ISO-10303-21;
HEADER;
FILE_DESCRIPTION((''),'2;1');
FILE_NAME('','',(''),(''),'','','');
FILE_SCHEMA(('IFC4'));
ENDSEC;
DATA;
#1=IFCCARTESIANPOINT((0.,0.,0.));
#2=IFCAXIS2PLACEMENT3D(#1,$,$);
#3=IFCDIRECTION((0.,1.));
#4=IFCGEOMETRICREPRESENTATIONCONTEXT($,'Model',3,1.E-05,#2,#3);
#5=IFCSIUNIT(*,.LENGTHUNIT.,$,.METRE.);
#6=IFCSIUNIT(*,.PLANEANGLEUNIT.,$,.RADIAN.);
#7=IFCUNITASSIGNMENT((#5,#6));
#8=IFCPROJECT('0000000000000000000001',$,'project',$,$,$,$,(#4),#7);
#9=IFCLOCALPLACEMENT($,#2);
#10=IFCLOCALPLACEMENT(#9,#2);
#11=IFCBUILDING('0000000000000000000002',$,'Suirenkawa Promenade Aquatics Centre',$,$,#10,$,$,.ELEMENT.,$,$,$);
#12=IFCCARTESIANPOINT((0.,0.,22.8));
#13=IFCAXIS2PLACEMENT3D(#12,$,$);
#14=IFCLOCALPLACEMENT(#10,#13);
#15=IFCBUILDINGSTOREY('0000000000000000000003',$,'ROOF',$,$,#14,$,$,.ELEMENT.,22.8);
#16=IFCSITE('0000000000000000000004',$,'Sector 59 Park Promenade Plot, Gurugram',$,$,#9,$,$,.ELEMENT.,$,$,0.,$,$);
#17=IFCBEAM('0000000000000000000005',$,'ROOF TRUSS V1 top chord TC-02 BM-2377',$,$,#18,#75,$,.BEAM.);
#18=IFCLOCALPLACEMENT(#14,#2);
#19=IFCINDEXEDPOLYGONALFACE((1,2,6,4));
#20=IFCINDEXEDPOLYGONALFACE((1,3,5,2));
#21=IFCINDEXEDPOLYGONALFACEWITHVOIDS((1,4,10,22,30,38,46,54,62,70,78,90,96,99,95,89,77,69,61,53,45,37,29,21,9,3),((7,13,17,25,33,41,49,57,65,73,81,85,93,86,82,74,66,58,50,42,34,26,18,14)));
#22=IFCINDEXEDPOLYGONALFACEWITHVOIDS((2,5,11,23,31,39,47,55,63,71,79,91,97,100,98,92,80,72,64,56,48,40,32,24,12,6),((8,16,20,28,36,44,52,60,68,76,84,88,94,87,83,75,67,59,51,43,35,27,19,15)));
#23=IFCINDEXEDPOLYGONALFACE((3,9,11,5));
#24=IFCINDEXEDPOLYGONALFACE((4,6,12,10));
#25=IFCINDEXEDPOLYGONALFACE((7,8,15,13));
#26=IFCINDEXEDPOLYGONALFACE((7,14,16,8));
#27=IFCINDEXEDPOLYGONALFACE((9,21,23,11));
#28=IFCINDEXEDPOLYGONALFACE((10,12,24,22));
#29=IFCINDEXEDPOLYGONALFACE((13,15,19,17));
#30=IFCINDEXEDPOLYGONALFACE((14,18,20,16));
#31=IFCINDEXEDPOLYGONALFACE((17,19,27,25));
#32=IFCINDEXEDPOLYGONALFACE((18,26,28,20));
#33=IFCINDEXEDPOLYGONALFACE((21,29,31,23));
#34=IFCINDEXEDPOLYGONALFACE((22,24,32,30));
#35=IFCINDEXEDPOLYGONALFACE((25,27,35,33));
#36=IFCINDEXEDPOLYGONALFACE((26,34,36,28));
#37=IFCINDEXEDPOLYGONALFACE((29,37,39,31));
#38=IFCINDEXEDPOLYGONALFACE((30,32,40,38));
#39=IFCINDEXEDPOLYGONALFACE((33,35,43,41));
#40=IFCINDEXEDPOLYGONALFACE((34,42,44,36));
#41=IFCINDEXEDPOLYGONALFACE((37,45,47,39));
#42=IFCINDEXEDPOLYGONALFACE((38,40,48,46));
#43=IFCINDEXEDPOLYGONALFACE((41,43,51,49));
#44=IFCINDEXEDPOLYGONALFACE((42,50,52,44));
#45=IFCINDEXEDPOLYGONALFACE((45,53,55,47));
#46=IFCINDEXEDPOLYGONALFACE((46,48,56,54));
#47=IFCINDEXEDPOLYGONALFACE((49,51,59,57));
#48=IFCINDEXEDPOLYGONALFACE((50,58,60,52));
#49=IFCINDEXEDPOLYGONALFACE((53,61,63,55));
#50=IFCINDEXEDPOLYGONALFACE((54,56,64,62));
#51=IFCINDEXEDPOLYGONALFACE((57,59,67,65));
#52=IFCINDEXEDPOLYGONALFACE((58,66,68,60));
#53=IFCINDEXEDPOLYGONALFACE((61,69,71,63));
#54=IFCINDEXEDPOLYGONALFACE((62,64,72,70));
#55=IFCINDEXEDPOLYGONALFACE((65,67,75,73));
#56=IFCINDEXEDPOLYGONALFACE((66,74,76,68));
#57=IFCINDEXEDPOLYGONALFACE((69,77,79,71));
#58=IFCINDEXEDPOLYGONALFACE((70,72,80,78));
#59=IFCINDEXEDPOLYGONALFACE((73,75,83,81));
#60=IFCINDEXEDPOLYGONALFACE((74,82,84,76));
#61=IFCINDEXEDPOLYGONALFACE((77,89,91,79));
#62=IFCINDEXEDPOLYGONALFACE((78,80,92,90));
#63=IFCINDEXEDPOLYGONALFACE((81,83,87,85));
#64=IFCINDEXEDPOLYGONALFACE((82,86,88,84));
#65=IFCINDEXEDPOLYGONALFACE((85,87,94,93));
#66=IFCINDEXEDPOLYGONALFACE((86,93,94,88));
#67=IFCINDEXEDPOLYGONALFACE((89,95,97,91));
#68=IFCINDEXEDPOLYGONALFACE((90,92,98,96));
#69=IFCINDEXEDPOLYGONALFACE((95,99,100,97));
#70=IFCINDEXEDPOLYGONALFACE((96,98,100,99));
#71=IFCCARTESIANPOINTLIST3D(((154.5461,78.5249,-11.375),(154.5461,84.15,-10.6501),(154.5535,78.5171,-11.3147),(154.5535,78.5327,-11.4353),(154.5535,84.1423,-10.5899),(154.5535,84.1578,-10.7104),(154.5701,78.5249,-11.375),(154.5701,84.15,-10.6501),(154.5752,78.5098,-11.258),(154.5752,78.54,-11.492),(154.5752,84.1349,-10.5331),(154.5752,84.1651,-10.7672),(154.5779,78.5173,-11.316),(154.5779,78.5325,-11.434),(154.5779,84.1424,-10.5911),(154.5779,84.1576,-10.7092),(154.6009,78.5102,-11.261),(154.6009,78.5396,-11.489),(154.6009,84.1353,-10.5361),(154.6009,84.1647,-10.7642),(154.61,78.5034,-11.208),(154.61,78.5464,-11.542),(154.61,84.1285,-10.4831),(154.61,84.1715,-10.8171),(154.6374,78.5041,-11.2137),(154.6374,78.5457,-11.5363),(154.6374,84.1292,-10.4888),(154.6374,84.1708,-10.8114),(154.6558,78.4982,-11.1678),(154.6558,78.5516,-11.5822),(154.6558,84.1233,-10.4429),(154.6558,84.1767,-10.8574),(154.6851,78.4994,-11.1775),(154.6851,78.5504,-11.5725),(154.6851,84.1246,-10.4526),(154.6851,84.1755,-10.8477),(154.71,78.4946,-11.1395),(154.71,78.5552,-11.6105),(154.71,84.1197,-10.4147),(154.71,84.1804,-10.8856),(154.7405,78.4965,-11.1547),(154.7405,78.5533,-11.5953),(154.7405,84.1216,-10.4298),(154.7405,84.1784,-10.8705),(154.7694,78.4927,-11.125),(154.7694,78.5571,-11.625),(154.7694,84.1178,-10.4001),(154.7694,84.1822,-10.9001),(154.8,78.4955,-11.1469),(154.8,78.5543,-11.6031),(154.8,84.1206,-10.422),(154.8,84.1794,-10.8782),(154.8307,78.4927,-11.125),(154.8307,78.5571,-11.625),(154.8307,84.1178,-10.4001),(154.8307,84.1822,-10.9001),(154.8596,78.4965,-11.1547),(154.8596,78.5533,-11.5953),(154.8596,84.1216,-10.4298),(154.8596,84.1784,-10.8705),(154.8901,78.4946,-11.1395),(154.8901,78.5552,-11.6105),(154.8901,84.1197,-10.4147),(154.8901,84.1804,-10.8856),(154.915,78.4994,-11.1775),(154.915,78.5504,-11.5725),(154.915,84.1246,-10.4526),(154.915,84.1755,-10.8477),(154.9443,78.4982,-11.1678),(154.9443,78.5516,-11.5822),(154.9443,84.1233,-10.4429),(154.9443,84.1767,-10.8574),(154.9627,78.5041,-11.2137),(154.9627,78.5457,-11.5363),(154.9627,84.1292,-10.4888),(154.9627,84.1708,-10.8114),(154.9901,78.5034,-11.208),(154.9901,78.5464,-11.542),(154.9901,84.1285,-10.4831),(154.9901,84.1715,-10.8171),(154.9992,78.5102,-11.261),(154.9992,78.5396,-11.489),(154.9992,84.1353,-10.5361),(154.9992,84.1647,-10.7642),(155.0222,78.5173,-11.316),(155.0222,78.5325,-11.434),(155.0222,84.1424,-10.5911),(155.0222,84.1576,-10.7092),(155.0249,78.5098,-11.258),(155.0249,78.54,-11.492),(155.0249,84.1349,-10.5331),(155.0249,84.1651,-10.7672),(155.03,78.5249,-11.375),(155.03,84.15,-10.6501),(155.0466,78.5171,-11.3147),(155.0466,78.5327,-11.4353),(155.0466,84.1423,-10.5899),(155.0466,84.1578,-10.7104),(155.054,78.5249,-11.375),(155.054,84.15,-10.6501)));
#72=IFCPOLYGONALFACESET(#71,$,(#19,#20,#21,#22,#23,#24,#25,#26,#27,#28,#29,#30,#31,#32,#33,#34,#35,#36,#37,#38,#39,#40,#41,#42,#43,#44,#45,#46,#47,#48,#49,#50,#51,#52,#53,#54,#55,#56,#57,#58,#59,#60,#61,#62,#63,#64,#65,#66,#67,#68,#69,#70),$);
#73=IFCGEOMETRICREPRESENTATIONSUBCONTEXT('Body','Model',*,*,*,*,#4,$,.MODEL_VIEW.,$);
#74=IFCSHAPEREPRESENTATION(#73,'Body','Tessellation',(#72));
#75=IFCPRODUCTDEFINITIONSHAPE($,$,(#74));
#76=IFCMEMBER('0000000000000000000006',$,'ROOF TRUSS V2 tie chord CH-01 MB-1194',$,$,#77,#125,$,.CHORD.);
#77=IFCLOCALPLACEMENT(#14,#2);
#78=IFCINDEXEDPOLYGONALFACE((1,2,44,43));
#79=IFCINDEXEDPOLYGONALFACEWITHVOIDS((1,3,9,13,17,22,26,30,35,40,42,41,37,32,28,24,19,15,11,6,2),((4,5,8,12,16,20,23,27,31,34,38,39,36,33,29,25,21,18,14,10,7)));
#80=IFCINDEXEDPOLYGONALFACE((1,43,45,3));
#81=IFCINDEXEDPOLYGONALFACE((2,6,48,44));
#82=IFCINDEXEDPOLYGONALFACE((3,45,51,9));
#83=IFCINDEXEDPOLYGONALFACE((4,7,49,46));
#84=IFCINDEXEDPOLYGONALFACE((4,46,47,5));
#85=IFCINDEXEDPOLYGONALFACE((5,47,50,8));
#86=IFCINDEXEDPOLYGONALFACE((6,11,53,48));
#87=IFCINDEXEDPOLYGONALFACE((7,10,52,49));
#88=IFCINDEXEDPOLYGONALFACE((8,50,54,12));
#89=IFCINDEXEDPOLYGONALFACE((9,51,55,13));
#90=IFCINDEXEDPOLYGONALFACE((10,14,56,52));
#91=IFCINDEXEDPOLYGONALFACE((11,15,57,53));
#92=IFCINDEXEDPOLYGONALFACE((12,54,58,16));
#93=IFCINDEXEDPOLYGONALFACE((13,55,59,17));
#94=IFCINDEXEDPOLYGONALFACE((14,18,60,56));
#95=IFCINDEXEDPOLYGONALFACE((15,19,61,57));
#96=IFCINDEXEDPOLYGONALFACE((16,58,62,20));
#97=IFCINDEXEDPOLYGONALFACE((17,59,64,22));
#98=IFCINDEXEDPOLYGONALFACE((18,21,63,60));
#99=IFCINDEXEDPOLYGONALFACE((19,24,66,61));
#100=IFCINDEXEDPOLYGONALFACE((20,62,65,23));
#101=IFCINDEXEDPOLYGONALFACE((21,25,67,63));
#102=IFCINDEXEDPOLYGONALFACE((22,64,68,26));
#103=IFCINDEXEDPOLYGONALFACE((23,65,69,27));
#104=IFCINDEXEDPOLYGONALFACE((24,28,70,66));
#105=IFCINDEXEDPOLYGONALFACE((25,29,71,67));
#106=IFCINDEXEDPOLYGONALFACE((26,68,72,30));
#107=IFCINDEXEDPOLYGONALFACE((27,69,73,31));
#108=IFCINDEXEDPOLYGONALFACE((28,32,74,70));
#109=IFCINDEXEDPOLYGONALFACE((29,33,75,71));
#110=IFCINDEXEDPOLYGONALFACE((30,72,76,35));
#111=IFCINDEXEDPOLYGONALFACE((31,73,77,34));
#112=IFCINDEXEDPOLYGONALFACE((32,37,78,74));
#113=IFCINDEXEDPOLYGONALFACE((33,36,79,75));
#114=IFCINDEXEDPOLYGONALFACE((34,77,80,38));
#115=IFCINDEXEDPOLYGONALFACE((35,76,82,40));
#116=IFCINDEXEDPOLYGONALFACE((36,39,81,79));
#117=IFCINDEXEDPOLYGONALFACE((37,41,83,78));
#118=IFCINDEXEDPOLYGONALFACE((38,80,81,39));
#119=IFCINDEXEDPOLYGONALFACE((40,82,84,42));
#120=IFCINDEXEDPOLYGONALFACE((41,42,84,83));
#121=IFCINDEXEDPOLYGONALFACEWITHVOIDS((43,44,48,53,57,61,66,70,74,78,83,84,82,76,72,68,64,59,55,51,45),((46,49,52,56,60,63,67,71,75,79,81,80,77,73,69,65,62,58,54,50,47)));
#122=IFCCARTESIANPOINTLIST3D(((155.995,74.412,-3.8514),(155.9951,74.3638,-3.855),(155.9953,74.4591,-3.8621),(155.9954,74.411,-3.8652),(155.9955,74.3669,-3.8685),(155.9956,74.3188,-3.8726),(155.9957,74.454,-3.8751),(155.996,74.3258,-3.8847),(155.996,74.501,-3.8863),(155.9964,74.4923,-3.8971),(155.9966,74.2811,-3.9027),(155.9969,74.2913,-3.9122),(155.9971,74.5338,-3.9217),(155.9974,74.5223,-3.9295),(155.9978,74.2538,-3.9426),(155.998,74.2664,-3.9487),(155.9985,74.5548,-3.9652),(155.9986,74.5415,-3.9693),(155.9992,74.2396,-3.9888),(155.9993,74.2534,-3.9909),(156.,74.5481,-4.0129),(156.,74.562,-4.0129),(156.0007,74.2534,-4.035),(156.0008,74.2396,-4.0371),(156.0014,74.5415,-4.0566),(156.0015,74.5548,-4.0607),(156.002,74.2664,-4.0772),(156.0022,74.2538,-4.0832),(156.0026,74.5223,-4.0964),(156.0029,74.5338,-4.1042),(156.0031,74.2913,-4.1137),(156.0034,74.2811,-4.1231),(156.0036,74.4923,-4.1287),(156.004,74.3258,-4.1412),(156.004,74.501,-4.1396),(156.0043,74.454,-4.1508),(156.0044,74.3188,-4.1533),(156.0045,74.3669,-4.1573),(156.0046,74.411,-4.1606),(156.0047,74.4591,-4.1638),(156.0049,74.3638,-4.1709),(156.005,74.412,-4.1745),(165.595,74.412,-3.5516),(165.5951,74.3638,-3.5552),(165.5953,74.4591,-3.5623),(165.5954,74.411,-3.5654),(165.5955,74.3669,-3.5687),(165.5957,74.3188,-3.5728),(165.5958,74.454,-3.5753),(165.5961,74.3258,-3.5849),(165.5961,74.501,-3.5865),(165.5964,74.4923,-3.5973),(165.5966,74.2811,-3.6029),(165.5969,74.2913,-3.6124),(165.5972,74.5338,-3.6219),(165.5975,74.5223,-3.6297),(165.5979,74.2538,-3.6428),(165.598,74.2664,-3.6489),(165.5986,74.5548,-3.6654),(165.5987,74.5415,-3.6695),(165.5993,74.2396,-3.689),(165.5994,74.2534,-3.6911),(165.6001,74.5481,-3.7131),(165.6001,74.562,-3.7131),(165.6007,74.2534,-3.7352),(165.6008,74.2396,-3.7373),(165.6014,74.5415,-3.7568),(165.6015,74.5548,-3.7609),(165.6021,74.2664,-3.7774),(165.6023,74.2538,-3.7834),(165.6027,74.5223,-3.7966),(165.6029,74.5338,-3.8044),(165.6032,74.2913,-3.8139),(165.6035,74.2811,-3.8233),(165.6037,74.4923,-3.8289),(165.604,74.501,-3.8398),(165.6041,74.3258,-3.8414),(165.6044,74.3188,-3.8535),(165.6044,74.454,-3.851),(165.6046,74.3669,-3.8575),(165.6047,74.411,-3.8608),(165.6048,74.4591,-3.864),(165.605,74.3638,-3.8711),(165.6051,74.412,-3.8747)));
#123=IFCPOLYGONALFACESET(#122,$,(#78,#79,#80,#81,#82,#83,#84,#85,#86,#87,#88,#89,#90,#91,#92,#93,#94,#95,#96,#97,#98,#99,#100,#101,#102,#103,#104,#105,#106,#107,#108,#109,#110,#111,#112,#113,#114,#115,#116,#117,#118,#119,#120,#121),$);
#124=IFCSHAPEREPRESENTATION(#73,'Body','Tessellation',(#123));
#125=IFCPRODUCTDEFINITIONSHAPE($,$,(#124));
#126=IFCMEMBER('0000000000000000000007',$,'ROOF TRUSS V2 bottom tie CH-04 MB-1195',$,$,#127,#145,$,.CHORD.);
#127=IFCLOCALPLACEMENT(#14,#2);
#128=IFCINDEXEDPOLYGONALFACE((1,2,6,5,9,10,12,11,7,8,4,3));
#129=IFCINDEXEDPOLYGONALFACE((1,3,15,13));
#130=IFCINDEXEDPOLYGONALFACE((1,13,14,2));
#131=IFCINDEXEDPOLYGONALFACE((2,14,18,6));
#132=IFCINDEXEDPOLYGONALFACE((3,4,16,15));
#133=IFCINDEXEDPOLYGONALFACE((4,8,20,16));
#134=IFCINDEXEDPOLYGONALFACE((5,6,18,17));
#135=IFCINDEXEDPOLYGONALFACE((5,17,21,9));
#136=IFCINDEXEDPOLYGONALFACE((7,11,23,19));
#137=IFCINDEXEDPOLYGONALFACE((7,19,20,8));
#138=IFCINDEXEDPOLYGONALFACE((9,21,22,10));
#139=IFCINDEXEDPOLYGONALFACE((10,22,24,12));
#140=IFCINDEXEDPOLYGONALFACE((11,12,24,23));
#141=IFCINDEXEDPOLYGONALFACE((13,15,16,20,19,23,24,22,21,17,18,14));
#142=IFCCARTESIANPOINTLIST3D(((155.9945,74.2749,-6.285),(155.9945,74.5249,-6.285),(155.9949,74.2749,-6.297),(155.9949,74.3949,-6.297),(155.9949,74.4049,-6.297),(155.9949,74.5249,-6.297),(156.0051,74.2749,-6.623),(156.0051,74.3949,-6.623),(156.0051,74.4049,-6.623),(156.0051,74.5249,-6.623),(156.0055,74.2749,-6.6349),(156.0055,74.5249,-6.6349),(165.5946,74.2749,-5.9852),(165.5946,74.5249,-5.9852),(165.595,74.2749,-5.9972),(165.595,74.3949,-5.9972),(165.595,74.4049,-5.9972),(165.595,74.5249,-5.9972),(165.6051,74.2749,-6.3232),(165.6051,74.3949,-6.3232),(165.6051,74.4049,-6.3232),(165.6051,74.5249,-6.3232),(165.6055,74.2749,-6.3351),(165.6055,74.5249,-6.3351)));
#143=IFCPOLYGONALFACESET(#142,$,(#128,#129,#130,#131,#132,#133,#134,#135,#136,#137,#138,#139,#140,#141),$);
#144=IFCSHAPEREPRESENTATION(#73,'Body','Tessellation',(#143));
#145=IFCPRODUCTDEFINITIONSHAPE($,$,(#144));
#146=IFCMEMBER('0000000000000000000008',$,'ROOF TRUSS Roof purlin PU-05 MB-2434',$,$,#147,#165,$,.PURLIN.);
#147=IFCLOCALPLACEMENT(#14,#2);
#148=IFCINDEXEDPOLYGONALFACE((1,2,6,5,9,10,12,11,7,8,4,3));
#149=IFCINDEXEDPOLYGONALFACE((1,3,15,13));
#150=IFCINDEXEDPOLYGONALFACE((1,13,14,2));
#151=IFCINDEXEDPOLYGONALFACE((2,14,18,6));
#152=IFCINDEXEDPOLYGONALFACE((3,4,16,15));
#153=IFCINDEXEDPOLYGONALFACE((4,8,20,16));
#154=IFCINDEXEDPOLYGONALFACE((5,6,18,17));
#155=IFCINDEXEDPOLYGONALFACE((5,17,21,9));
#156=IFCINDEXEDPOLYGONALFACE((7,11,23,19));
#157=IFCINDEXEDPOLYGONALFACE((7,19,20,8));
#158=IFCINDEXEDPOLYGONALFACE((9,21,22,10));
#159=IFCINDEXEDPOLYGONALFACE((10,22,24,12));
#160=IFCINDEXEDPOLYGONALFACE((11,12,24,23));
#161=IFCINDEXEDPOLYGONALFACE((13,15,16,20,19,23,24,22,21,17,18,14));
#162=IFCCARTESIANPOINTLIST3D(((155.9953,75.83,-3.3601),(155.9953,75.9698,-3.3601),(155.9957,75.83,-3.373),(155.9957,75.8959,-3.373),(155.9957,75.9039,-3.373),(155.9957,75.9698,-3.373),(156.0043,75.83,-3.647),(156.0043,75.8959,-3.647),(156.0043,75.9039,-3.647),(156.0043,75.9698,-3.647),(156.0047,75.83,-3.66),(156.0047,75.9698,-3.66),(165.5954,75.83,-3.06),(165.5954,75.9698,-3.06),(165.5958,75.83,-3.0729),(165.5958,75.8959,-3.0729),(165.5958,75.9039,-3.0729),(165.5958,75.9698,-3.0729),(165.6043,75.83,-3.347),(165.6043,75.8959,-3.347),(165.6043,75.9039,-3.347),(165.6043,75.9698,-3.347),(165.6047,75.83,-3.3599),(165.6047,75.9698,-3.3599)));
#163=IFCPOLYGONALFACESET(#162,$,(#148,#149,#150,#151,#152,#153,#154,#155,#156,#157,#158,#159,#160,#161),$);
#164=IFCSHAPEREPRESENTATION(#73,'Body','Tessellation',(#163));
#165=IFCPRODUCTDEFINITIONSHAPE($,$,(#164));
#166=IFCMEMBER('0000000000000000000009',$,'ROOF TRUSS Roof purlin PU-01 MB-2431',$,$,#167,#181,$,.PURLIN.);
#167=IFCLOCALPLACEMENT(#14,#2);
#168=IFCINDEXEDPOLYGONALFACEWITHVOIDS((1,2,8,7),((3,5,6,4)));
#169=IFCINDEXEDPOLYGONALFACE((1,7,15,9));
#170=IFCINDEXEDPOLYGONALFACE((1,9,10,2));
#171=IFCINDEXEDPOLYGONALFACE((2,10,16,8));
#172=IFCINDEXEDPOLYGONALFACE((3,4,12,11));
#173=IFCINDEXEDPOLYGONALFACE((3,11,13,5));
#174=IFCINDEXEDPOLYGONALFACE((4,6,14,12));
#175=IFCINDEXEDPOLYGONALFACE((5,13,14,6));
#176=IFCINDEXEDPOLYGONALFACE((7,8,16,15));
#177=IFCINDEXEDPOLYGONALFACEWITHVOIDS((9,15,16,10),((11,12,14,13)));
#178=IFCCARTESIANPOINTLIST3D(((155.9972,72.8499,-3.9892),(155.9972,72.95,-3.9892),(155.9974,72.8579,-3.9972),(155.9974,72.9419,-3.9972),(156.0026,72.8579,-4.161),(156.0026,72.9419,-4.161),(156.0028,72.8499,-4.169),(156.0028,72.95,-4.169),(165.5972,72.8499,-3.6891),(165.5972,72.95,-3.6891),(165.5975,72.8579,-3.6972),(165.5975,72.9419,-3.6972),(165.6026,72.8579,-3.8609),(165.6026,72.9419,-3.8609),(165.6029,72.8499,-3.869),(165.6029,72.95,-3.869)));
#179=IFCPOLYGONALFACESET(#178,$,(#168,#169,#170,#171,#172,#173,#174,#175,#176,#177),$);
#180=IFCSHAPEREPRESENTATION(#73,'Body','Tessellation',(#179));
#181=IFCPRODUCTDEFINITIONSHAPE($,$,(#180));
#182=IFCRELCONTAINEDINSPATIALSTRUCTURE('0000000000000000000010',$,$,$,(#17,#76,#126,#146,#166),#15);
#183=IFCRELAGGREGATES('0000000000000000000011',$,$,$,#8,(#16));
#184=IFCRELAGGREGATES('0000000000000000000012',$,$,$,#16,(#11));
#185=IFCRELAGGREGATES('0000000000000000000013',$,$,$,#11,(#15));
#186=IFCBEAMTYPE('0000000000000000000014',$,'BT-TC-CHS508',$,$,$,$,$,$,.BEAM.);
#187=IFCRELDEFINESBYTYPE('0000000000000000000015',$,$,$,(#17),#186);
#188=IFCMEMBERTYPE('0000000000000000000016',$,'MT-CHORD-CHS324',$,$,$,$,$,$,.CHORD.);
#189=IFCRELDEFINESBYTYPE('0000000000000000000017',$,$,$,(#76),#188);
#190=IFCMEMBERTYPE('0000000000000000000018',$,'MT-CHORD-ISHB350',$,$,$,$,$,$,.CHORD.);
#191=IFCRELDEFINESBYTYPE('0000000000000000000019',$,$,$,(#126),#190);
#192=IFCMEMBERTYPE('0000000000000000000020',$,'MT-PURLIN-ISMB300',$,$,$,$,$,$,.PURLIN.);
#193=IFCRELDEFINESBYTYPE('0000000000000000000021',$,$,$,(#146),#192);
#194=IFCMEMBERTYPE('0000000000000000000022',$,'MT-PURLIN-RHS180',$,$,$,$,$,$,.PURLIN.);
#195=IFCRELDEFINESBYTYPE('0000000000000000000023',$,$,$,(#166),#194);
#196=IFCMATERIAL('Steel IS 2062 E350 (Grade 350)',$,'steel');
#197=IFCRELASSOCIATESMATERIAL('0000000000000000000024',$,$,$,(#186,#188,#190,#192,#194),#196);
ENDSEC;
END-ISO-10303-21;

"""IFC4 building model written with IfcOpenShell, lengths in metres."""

from ifc_helpers import new_model, si_unit, direction, frame, origin, origin_2d, place, context, subcontext, project, spatial, hollow_rectangle, hollow_circle, i_section, extrude, material, material_profile, profile_set, type_object, element, save


model = new_model("IFC4")

# Units and contexts
model_context = context("Model", 3, precision=1e-05, world=origin(), true_north=direction((0.0, 1.0)))
body_context = subcontext(model_context, "Body", "Model", "MODEL_VIEW")
ifc_project = project(units=[si_unit("LENGTHUNIT", "METRE"), si_unit("PLANEANGLEUNIT", "RADIAN")], contexts=[model_context])

# Site, building, storey
site_placement = place(None, origin())
site = spatial("IfcSite", under=ifc_project, at=site_placement, Name="Sector 59 Park Promenade Plot, Gurugram", CompositionType="ELEMENT", RefElevation=0.0)
building_placement = place(site_placement, origin())
building = spatial("IfcBuilding", under=site, at=building_placement, Name="Suirenkawa Promenade Aquatics Centre", CompositionType="ELEMENT")
storey_placement = place(building_placement, frame((0.0, 0.0, 22.8)))
storey = spatial("IfcBuildingStorey", under=building, at=storey_placement, Name="ROOF", CompositionType="ELEMENT", Elevation=22.8)

# Beam
ifc_material = material(Name="Steel IS 2062 E350 (Grade 350)", Category="steel")
ifc_material_profile_1 = material_profile(ifc_material, hollow_circle(Radius=0.2539, WallThickness=0.0239, at=origin_2d()), Name="CHS 508x24", Category="steel")
ifc_profile_set_1 = profile_set([ifc_material_profile_1], Name="Steel IS 2062 E350 (Grade 350)")
beam_type_1 = type_object("IfcBeamType", Name="BT-TC-CHS508", PredefinedType="BEAM", material=ifc_profile_set_1)
beam_1_placement = place(storey_placement, frame((154.8, 78.5249, -11.375), z_axis=(0.0, 0.991799, 0.127806), x_axis=(-1.0, 0.0, 0.0)))
element("IfcBeam", 1, at=beam_1_placement, inside=storey, type_object=beam_type_1, Name="ROOF TRUSS V1 top chord TC-02 BM-2377", PredefinedType="BEAM", context=body_context, shape_type="SweptSolid", body=[
    extrude(hollow_circle(Radius=0.2539, WallThickness=0.0239, at=origin_2d()), origin(), (0.0, 0.0, 1.0), 5.6716),
])

# Members
ifc_material_profile_2 = material_profile(ifc_material, hollow_circle(Radius=0.1621, WallThickness=0.0139, at=origin_2d()), Name="CHS 324x14", Category="steel")
ifc_profile_set_2 = profile_set([ifc_material_profile_2], Name="Steel IS 2062 E350 (Grade 350)")
member_type_1 = type_object("IfcMemberType", Name="MT-CHORD-CHS324", PredefinedType="CHORD", material=ifc_profile_set_2)
member_1_placement = place(storey_placement, frame((156.0, 74.3999, -4.0129), z_axis=(0.999513, 0.0, 0.031214), x_axis=(0.0, 1.0, 0.0)))
element("IfcMember", 2, at=member_1_placement, inside=storey, type_object=member_type_1, Name="ROOF TRUSS V2 tie chord CH-01 MB-1194", PredefinedType="CHORD", context=body_context, shape_type="SweptSolid", body=[
    extrude(hollow_circle(Radius=0.1621, WallThickness=0.0139, at=origin_2d()), origin(), (0.0, 0.0, 1.0), 9.6047),
])
ifc_material_profile_3 = material_profile(ifc_material, i_section(OverallWidth=0.25, OverallDepth=0.3501, WebThickness=0.01, FlangeThickness=0.012, at=origin_2d()), Name="ISHB 350", Category="steel")
ifc_profile_set_3 = profile_set([ifc_material_profile_3], Name="Steel IS 2062 E350 (Grade 350)")
member_type_2 = type_object("IfcMemberType", Name="MT-CHORD-ISHB350", PredefinedType="CHORD", material=ifc_profile_set_3)
member_2_placement = place(storey_placement, frame((156.0, 74.3999, -6.46), z_axis=(0.999513, 0.0, 0.031214), x_axis=(0.0, 1.0, 0.0)))
element("IfcMember", 3, at=member_2_placement, inside=storey, type_object=member_type_2, Name="ROOF TRUSS V2 bottom tie CH-04 MB-1195", PredefinedType="CHORD", context=body_context, shape_type="SweptSolid", body=[
    extrude(i_section(OverallWidth=0.25, OverallDepth=0.3501, WebThickness=0.01, FlangeThickness=0.012, at=origin_2d()), origin(), (0.0, 0.0, 1.0), 9.6047),
])
ifc_material_profile_4 = material_profile(ifc_material, i_section(OverallWidth=0.1399, OverallDepth=0.3, WebThickness=0.0081, FlangeThickness=0.0129, at=origin_2d()), Name="ISMB 300", Category="steel")
ifc_profile_set_4 = profile_set([ifc_material_profile_4], Name="Steel IS 2062 E350 (Grade 350)")
member_type_3 = type_object("IfcMemberType", Name="MT-PURLIN-ISMB300", PredefinedType="PURLIN", material=ifc_profile_set_4)
member_3_placement = place(storey_placement, frame((156.0, 75.8999, -3.51), z_axis=(0.999512, 0.0, 0.03124), x_axis=(0.0, 1.0, 0.0)))
element("IfcMember", 4, at=member_3_placement, inside=storey, type_object=member_type_3, Name="ROOF TRUSS Roof purlin PU-05 MB-2434", PredefinedType="PURLIN", context=body_context, shape_type="SweptSolid", body=[
    extrude(i_section(OverallWidth=0.1399, OverallDepth=0.3, WebThickness=0.0081, FlangeThickness=0.0129, at=origin_2d()), origin(), (0.0, 0.0, 1.0), 9.6047),
])
ifc_material_profile_5 = material_profile(ifc_material, hollow_rectangle(XDim=0.1001, YDim=0.1799, WallThickness=0.0081, at=origin_2d()), Name="RHS 180x100x8", Category="steel")
ifc_profile_set_5 = profile_set([ifc_material_profile_5], Name="Steel IS 2062 E350 (Grade 350)")
member_type_4 = type_object("IfcMemberType", Name="MT-PURLIN-RHS180", PredefinedType="PURLIN", material=ifc_profile_set_5)
for number, where, z_axis, x_axis, name in (
    (5, (156.0, 72.8999, -4.0791), (0.999512, 0.0, 0.03124), (0.0, 1.0, 0.0), "ROOF TRUSS Roof purlin PU-01 MB-2431"),
):
    element("IfcMember", number, at=place(storey_placement, frame(where, z_axis=z_axis, x_axis=x_axis)), inside=storey, type_object=member_type_4, Name=name, PredefinedType="PURLIN", context=body_context, shape_type="SweptSolid", body=[
        extrude(hollow_rectangle(XDim=0.1001, YDim=0.1799, WallThickness=0.0081, at=origin_2d()), origin(), (0.0, 0.0, 1.0), 9.6047),
    ])

save(model, "model.ifc")
